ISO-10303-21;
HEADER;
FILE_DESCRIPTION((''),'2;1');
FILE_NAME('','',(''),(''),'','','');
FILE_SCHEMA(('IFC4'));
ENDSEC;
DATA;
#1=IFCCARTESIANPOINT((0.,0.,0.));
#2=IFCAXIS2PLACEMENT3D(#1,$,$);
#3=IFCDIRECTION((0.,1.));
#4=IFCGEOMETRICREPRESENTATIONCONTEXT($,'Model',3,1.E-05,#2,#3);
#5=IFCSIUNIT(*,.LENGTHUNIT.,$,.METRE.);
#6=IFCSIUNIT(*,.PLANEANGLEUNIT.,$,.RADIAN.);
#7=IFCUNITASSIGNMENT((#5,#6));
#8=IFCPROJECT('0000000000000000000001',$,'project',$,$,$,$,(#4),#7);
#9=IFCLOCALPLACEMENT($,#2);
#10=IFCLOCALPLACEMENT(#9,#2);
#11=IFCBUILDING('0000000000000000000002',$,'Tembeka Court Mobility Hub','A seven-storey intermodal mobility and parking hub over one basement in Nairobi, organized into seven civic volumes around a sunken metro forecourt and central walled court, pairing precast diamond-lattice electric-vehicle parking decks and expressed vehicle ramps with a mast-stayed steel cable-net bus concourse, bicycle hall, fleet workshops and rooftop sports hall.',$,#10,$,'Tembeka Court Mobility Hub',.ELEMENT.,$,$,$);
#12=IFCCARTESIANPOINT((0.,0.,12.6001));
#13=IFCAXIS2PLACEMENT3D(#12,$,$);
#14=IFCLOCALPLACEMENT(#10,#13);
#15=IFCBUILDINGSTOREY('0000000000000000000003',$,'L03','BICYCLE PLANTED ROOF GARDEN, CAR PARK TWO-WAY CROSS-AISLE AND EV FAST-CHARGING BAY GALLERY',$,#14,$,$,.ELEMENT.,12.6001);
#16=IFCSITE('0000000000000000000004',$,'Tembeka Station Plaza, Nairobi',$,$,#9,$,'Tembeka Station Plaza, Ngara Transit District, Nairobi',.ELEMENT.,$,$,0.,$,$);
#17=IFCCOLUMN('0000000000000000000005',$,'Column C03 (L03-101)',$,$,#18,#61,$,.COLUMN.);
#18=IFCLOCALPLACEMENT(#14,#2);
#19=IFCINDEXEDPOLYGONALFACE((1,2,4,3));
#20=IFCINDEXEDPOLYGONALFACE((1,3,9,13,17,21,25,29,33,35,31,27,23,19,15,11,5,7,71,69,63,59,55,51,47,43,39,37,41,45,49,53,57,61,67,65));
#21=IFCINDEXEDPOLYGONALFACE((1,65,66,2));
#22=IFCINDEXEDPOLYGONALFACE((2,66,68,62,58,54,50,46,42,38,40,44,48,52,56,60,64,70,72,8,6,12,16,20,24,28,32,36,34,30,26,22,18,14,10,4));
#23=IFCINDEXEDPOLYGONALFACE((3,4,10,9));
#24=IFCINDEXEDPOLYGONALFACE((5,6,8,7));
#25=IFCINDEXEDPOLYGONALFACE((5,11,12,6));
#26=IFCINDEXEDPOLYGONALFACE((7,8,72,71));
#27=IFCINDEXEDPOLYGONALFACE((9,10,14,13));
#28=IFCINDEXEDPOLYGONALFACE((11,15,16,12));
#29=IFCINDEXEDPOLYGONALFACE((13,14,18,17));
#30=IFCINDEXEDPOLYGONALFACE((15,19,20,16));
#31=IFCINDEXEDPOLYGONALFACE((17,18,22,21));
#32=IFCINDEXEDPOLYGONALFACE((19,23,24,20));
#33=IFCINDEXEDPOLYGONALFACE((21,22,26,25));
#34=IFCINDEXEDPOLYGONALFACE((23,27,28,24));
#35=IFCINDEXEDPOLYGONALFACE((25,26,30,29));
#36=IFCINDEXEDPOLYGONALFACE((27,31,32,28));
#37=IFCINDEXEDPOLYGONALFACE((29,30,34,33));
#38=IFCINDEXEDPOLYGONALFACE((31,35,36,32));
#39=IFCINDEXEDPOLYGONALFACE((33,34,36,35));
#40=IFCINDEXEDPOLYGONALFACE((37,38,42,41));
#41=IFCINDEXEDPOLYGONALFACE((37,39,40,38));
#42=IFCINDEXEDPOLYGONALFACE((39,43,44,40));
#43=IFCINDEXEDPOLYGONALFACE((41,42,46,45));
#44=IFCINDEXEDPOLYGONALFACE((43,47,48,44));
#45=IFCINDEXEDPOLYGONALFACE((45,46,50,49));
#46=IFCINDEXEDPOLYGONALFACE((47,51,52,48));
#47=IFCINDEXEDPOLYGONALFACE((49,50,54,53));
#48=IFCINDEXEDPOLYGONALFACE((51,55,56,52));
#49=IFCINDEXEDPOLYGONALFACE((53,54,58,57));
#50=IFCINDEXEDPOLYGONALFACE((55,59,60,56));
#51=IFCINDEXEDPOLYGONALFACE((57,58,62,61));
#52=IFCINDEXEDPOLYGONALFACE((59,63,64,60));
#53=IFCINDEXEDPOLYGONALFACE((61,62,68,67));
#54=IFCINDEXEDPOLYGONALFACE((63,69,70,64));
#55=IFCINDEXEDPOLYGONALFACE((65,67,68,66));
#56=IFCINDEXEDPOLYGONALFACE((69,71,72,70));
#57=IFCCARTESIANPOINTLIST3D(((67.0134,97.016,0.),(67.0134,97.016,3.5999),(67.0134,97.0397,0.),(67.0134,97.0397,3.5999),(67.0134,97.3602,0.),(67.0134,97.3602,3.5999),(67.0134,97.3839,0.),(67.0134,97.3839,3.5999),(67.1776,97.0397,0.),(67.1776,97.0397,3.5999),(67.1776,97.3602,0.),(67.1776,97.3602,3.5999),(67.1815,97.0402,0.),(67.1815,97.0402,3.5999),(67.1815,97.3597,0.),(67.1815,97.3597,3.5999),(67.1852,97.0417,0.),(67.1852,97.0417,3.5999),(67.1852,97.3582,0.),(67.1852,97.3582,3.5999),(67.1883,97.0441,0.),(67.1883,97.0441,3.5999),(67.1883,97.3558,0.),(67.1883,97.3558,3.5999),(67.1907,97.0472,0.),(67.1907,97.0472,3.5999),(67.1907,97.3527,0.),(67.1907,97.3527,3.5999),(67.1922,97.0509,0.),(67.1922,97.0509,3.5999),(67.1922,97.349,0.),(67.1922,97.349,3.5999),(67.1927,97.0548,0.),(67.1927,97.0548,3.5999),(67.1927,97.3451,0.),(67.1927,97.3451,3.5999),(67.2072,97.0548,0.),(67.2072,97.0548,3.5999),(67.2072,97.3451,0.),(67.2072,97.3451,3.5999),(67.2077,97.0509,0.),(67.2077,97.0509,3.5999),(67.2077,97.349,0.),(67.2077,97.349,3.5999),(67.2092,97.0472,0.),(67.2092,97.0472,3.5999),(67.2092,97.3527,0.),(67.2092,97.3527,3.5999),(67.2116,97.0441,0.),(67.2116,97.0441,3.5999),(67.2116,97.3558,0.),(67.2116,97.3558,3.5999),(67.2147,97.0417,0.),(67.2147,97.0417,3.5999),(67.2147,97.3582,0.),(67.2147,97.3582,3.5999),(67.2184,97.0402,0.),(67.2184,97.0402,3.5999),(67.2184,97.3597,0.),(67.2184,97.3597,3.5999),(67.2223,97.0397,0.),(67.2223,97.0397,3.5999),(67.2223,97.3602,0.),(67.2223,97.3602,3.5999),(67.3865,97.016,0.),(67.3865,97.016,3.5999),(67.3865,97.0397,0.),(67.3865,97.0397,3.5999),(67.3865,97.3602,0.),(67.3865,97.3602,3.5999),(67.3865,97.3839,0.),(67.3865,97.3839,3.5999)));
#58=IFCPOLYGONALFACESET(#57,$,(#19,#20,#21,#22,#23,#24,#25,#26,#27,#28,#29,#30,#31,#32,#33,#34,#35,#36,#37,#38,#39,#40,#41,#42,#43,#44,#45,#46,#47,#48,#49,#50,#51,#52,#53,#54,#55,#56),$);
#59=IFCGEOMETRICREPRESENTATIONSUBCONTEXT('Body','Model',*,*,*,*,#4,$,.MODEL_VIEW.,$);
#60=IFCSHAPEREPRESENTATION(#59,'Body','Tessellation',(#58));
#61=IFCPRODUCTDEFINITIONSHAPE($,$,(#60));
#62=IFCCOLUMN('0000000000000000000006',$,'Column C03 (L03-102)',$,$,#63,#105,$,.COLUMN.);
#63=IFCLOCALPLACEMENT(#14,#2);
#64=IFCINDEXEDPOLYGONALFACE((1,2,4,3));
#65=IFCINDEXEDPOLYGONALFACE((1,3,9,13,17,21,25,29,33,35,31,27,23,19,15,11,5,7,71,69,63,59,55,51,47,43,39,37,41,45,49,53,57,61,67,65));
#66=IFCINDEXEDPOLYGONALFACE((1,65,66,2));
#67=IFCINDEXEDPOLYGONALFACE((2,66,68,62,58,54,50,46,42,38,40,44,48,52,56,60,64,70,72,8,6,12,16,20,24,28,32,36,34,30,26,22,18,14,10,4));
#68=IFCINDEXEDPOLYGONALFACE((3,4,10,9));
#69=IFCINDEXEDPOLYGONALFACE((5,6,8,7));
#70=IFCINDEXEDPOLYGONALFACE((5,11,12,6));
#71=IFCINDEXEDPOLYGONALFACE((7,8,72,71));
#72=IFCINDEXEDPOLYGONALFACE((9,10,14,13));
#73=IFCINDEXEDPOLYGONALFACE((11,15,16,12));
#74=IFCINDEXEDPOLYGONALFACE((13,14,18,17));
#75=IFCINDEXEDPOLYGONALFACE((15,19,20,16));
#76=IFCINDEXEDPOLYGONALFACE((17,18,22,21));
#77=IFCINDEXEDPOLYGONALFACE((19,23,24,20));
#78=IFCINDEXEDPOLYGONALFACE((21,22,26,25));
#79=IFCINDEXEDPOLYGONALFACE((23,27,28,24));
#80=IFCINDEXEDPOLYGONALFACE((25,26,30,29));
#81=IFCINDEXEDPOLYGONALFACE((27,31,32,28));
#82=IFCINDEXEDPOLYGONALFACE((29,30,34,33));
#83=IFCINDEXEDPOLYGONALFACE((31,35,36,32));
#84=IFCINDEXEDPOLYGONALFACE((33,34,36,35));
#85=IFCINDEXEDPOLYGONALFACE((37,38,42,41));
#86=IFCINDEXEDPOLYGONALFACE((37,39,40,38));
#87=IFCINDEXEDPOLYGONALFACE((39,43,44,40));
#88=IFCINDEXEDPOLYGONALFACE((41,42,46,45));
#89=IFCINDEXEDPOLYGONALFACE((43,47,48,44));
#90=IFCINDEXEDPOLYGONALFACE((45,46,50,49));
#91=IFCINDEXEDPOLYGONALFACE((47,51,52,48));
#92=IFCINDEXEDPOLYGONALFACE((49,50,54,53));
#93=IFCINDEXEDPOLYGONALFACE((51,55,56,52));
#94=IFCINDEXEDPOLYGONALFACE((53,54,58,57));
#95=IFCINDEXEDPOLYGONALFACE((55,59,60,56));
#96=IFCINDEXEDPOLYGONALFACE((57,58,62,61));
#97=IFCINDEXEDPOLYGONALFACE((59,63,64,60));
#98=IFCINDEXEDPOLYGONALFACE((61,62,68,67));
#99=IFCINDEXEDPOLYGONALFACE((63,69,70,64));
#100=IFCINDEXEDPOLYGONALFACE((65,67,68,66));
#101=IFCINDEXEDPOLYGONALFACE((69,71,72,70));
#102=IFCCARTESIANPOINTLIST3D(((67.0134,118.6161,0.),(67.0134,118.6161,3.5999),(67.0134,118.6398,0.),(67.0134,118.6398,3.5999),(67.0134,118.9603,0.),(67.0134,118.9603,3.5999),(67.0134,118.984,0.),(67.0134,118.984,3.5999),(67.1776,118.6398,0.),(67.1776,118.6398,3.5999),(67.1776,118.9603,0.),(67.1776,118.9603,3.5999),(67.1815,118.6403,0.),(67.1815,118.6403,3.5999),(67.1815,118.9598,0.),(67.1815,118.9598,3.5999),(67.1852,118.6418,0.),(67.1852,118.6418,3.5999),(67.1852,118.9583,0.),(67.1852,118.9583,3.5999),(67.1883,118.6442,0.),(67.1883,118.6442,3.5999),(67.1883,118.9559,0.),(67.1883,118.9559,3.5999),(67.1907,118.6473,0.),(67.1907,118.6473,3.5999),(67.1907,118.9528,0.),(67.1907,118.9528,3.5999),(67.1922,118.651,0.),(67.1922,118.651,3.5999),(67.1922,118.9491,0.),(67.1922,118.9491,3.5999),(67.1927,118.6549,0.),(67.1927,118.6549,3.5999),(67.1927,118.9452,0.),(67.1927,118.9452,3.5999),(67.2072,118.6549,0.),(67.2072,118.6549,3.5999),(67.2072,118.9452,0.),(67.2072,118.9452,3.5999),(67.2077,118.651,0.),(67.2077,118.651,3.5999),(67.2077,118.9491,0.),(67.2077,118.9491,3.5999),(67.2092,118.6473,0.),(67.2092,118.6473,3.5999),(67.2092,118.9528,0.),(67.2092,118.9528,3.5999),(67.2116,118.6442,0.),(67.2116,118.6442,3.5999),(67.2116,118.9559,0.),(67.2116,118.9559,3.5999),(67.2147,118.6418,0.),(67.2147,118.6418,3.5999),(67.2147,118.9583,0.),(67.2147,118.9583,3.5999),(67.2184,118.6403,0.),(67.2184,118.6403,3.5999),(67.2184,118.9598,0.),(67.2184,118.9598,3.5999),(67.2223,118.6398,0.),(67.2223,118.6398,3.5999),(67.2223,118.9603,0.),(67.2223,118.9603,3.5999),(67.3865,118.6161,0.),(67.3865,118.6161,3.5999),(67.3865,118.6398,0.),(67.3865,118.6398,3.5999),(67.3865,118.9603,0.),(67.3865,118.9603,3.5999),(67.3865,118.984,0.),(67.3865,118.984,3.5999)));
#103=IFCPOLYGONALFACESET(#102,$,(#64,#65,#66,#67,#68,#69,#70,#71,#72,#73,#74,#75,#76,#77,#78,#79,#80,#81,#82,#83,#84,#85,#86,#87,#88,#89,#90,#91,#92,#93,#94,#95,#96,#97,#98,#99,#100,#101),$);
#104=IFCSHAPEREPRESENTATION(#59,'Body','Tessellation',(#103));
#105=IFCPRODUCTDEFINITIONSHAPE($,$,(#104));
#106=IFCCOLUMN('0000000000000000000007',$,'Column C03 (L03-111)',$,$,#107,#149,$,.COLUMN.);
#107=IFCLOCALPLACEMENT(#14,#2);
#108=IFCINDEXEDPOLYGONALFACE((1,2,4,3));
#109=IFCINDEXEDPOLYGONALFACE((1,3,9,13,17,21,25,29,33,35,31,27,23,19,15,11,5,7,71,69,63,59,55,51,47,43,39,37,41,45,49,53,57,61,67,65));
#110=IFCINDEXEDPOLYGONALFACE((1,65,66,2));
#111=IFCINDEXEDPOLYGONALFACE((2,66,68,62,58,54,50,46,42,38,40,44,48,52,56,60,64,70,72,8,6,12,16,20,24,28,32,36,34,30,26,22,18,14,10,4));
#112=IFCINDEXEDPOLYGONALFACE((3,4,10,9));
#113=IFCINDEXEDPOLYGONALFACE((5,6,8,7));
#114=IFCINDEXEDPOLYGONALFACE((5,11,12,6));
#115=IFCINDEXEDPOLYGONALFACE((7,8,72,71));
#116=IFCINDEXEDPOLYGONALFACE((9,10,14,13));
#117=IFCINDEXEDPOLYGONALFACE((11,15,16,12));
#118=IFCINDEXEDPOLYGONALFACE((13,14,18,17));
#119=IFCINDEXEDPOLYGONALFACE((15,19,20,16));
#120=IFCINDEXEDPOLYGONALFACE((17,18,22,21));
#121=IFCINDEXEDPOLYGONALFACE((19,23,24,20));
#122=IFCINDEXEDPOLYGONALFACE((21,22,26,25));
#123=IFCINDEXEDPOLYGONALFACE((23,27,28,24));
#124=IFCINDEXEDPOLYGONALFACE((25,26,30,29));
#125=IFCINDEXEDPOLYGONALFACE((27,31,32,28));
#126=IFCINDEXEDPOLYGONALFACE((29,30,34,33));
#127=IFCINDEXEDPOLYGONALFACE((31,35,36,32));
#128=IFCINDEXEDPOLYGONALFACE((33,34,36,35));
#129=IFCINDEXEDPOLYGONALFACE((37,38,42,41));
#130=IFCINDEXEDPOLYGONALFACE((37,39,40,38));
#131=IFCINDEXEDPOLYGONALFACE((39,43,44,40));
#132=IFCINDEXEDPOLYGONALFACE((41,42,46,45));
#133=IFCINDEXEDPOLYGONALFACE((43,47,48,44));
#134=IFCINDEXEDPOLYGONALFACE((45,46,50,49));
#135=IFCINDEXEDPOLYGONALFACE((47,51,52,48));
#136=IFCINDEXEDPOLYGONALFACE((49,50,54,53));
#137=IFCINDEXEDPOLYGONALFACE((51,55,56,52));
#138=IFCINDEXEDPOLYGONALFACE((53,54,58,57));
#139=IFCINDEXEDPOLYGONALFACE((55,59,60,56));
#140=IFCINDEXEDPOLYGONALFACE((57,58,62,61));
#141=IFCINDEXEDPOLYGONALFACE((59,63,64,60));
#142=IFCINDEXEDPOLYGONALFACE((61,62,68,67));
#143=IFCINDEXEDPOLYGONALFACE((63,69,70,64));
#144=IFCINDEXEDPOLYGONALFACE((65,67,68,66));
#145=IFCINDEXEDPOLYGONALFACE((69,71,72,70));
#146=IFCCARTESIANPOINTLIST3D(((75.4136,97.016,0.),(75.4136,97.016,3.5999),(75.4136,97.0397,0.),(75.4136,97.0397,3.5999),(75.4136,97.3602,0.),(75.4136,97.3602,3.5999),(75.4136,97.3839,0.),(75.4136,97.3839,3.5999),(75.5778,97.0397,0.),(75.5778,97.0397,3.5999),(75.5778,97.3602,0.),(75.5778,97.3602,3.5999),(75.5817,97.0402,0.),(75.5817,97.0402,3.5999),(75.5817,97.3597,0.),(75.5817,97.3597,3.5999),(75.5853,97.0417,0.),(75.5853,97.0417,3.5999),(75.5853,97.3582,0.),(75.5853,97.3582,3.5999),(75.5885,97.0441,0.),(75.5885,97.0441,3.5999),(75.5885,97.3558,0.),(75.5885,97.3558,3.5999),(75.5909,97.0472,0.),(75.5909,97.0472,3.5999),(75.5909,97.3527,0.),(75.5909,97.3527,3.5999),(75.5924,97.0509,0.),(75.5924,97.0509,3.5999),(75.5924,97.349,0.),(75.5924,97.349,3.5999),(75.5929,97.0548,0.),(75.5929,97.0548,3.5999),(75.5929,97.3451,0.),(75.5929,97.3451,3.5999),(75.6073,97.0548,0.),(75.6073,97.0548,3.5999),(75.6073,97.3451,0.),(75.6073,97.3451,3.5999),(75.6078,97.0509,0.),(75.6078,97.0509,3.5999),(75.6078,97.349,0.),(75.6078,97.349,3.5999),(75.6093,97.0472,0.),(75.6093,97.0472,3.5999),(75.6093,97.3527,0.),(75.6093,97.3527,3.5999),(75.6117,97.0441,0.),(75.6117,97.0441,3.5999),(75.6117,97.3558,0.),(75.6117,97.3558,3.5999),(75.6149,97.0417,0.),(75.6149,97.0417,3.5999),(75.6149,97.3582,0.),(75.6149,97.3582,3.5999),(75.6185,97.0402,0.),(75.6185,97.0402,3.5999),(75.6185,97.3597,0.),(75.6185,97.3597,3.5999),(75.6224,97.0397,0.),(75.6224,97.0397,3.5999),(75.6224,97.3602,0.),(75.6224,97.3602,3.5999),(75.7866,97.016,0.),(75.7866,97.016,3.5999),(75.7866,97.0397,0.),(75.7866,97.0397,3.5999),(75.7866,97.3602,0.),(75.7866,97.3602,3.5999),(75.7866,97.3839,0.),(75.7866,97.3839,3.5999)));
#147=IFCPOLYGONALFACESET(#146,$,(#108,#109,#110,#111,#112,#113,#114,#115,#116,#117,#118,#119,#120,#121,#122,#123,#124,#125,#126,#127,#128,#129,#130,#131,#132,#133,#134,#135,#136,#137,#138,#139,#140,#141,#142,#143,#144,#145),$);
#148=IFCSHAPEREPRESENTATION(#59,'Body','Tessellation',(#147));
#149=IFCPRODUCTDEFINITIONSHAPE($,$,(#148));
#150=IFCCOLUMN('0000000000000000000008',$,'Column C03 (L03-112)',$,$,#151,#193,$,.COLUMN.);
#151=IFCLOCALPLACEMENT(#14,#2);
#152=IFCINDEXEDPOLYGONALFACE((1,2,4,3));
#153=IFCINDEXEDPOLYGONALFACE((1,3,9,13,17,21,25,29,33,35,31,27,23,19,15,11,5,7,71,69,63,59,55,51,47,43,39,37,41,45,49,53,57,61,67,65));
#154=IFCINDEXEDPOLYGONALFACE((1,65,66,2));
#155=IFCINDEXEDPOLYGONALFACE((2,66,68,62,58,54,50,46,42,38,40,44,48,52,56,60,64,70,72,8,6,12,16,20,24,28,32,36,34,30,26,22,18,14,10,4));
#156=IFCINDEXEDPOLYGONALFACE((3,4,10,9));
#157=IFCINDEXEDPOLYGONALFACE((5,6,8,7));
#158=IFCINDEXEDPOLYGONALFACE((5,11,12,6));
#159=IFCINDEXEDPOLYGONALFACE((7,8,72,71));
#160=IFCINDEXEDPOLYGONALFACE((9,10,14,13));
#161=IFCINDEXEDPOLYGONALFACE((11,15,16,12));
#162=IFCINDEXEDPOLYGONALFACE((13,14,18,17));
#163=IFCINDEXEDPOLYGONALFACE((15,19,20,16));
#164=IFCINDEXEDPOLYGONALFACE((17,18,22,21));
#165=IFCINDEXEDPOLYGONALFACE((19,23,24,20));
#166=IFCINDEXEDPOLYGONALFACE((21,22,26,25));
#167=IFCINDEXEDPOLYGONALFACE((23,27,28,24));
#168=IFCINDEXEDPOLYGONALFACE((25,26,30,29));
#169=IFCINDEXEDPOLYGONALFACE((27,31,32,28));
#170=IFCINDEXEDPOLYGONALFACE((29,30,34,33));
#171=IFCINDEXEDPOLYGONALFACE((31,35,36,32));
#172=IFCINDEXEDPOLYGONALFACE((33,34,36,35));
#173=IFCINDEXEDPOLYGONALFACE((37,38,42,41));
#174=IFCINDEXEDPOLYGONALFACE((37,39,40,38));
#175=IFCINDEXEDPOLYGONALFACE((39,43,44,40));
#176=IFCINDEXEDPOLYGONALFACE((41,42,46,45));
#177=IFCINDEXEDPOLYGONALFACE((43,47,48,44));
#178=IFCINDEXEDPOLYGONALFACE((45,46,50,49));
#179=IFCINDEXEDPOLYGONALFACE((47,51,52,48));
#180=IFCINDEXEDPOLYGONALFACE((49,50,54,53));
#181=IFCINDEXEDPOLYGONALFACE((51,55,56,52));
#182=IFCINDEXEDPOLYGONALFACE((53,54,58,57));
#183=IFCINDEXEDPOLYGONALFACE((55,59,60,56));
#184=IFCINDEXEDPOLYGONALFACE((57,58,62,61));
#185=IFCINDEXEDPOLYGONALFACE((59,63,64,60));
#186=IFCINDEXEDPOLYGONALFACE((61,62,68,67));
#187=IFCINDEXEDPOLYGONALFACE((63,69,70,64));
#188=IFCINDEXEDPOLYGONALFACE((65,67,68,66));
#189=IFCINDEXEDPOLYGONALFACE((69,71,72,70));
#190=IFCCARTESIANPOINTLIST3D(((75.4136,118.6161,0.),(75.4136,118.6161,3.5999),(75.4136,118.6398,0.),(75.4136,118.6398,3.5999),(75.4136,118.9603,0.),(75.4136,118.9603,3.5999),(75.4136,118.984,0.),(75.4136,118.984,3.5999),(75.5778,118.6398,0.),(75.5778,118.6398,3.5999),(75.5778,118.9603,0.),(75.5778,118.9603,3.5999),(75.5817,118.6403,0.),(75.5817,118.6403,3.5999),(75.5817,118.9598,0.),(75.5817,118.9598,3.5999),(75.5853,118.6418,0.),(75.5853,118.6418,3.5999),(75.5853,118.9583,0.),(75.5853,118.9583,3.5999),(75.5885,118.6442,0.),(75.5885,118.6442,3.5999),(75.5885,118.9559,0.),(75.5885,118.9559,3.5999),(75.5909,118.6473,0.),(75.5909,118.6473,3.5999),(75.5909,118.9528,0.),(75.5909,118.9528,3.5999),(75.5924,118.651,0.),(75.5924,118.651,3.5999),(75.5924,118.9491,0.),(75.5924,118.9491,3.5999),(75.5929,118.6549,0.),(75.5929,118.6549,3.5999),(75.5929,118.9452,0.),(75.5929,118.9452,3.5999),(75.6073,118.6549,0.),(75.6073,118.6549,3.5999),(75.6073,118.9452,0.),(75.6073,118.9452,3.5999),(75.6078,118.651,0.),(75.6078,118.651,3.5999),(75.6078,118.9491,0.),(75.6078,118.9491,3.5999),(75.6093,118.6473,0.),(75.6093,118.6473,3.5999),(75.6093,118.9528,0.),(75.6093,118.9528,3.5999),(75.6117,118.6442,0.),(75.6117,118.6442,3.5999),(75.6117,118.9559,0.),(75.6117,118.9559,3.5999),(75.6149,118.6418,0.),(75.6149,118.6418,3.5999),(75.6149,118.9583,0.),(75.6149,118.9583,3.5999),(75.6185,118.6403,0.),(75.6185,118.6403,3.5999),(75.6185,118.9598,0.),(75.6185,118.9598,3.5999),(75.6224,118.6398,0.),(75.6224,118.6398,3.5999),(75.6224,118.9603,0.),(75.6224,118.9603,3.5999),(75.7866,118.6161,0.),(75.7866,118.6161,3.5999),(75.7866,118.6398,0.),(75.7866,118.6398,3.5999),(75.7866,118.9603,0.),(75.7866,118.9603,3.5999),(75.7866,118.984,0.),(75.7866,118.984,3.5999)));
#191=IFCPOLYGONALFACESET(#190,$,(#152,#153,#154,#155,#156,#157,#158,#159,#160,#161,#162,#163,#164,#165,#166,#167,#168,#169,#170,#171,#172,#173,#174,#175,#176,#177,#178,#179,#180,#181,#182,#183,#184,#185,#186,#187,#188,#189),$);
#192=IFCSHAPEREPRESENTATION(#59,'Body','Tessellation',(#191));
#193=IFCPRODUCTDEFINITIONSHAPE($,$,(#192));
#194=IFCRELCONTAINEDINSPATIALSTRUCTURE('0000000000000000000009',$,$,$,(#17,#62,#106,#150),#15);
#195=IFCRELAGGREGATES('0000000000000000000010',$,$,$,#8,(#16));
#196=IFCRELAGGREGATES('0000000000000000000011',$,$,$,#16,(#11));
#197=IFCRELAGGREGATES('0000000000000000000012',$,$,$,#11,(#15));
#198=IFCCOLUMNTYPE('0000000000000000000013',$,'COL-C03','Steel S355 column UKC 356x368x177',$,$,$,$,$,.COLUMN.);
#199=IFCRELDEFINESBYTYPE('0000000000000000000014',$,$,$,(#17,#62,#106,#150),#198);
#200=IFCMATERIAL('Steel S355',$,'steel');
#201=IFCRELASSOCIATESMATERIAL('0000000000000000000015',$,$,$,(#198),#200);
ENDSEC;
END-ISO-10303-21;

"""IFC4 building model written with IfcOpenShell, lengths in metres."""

from ifc_helpers import new_model, si_unit, direction, frame, origin, origin_2d, place, context, subcontext, project, spatial, i_section, extrude, material, material_profile, profile_set, type_object, element, save


model = new_model("IFC4")

# Units and contexts
model_context = context("Model", 3, precision=1e-05, world=origin(), true_north=direction((0.0, 1.0)))
body_context = subcontext(model_context, "Body", "Model", "MODEL_VIEW")
ifc_project = project(units=[si_unit("LENGTHUNIT", "METRE"), si_unit("PLANEANGLEUNIT", "RADIAN")], contexts=[model_context])

# Site, building, storey
site_placement = place(None, origin())
site = spatial("IfcSite", under=ifc_project, at=site_placement, Name="Tembeka Station Plaza, Nairobi", LongName="Tembeka Station Plaza, Ngara Transit District, Nairobi", CompositionType="ELEMENT", RefElevation=0.0)
building_placement = place(site_placement, origin())
building = spatial("IfcBuilding", under=site, at=building_placement, Name="Tembeka Court Mobility Hub", Description="A seven-storey intermodal mobility and parking hub over one basement in Nairobi, organized into seven civic volumes around a sunken metro forecourt and central walled court, pairing precast diamond-lattice electric-vehicle parking decks and expressed vehicle ramps with a mast-stayed steel cable-net bus concourse, bicycle hall, fleet workshops and rooftop sports hall.", LongName="Tembeka Court Mobility Hub", CompositionType="ELEMENT")
storey_placement = place(building_placement, frame((0.0, 0.0, 12.6001)))
storey = spatial("IfcBuildingStorey", under=building, at=storey_placement, Name="L03", Description="BICYCLE PLANTED ROOF GARDEN, CAR PARK TWO-WAY CROSS-AISLE AND EV FAST-CHARGING BAY GALLERY", CompositionType="ELEMENT", Elevation=12.6001)

# Columns
ifc_material_1 = material(Name="Steel S355", Category="steel")
ifc_material_profile_1 = material_profile(ifc_material_1, i_section(OverallWidth=0.373, OverallDepth=0.3679, WebThickness=0.0144, FlangeThickness=0.0237, FilletRadius=0.0151, at=origin_2d()), Name="UKC 356x368x177")
ifc_profile_set_1 = profile_set([ifc_material_profile_1], Name="Steel S355")
column_type = type_object("IfcColumnType", Name="COL-C03", Description="Steel S355 column UKC 356x368x177", PredefinedType="COLUMN", material=ifc_profile_set_1)
for number, where, z_axis, x_axis, name in (
    (1, (67.2, 97.2, 0.0), (0.0, 0.0, 1.0), (1.0, 0.0, 0.0), "Column C03 (L03-101)"),
    (2, (67.2, 118.8, 0.0), (0.0, 0.0, 1.0), (1.0, 0.0, 0.0), "Column C03 (L03-102)"),
    (3, (75.6001, 97.2, 0.0), (0.0, 0.0, 1.0), (1.0, 0.0, 0.0), "Column C03 (L03-111)"),
    (4, (75.6001, 118.8, 0.0), (0.0, 0.0, 1.0), (1.0, 0.0, 0.0), "Column C03 (L03-112)"),
):
    element("IfcColumn", number, at=place(storey_placement, frame(where, z_axis=z_axis, x_axis=x_axis)), inside=storey, type_object=column_type, Name=name, PredefinedType="COLUMN", context=body_context, shape_type="SweptSolid", body=[
        extrude(i_section(OverallWidth=0.373, OverallDepth=0.3679, WebThickness=0.0144, FlangeThickness=0.0237, FilletRadius=0.0151, at=origin_2d()), origin(), (0.0, 0.0, 1.0), 3.5999),
    ])

save(model, "model.ifc")
